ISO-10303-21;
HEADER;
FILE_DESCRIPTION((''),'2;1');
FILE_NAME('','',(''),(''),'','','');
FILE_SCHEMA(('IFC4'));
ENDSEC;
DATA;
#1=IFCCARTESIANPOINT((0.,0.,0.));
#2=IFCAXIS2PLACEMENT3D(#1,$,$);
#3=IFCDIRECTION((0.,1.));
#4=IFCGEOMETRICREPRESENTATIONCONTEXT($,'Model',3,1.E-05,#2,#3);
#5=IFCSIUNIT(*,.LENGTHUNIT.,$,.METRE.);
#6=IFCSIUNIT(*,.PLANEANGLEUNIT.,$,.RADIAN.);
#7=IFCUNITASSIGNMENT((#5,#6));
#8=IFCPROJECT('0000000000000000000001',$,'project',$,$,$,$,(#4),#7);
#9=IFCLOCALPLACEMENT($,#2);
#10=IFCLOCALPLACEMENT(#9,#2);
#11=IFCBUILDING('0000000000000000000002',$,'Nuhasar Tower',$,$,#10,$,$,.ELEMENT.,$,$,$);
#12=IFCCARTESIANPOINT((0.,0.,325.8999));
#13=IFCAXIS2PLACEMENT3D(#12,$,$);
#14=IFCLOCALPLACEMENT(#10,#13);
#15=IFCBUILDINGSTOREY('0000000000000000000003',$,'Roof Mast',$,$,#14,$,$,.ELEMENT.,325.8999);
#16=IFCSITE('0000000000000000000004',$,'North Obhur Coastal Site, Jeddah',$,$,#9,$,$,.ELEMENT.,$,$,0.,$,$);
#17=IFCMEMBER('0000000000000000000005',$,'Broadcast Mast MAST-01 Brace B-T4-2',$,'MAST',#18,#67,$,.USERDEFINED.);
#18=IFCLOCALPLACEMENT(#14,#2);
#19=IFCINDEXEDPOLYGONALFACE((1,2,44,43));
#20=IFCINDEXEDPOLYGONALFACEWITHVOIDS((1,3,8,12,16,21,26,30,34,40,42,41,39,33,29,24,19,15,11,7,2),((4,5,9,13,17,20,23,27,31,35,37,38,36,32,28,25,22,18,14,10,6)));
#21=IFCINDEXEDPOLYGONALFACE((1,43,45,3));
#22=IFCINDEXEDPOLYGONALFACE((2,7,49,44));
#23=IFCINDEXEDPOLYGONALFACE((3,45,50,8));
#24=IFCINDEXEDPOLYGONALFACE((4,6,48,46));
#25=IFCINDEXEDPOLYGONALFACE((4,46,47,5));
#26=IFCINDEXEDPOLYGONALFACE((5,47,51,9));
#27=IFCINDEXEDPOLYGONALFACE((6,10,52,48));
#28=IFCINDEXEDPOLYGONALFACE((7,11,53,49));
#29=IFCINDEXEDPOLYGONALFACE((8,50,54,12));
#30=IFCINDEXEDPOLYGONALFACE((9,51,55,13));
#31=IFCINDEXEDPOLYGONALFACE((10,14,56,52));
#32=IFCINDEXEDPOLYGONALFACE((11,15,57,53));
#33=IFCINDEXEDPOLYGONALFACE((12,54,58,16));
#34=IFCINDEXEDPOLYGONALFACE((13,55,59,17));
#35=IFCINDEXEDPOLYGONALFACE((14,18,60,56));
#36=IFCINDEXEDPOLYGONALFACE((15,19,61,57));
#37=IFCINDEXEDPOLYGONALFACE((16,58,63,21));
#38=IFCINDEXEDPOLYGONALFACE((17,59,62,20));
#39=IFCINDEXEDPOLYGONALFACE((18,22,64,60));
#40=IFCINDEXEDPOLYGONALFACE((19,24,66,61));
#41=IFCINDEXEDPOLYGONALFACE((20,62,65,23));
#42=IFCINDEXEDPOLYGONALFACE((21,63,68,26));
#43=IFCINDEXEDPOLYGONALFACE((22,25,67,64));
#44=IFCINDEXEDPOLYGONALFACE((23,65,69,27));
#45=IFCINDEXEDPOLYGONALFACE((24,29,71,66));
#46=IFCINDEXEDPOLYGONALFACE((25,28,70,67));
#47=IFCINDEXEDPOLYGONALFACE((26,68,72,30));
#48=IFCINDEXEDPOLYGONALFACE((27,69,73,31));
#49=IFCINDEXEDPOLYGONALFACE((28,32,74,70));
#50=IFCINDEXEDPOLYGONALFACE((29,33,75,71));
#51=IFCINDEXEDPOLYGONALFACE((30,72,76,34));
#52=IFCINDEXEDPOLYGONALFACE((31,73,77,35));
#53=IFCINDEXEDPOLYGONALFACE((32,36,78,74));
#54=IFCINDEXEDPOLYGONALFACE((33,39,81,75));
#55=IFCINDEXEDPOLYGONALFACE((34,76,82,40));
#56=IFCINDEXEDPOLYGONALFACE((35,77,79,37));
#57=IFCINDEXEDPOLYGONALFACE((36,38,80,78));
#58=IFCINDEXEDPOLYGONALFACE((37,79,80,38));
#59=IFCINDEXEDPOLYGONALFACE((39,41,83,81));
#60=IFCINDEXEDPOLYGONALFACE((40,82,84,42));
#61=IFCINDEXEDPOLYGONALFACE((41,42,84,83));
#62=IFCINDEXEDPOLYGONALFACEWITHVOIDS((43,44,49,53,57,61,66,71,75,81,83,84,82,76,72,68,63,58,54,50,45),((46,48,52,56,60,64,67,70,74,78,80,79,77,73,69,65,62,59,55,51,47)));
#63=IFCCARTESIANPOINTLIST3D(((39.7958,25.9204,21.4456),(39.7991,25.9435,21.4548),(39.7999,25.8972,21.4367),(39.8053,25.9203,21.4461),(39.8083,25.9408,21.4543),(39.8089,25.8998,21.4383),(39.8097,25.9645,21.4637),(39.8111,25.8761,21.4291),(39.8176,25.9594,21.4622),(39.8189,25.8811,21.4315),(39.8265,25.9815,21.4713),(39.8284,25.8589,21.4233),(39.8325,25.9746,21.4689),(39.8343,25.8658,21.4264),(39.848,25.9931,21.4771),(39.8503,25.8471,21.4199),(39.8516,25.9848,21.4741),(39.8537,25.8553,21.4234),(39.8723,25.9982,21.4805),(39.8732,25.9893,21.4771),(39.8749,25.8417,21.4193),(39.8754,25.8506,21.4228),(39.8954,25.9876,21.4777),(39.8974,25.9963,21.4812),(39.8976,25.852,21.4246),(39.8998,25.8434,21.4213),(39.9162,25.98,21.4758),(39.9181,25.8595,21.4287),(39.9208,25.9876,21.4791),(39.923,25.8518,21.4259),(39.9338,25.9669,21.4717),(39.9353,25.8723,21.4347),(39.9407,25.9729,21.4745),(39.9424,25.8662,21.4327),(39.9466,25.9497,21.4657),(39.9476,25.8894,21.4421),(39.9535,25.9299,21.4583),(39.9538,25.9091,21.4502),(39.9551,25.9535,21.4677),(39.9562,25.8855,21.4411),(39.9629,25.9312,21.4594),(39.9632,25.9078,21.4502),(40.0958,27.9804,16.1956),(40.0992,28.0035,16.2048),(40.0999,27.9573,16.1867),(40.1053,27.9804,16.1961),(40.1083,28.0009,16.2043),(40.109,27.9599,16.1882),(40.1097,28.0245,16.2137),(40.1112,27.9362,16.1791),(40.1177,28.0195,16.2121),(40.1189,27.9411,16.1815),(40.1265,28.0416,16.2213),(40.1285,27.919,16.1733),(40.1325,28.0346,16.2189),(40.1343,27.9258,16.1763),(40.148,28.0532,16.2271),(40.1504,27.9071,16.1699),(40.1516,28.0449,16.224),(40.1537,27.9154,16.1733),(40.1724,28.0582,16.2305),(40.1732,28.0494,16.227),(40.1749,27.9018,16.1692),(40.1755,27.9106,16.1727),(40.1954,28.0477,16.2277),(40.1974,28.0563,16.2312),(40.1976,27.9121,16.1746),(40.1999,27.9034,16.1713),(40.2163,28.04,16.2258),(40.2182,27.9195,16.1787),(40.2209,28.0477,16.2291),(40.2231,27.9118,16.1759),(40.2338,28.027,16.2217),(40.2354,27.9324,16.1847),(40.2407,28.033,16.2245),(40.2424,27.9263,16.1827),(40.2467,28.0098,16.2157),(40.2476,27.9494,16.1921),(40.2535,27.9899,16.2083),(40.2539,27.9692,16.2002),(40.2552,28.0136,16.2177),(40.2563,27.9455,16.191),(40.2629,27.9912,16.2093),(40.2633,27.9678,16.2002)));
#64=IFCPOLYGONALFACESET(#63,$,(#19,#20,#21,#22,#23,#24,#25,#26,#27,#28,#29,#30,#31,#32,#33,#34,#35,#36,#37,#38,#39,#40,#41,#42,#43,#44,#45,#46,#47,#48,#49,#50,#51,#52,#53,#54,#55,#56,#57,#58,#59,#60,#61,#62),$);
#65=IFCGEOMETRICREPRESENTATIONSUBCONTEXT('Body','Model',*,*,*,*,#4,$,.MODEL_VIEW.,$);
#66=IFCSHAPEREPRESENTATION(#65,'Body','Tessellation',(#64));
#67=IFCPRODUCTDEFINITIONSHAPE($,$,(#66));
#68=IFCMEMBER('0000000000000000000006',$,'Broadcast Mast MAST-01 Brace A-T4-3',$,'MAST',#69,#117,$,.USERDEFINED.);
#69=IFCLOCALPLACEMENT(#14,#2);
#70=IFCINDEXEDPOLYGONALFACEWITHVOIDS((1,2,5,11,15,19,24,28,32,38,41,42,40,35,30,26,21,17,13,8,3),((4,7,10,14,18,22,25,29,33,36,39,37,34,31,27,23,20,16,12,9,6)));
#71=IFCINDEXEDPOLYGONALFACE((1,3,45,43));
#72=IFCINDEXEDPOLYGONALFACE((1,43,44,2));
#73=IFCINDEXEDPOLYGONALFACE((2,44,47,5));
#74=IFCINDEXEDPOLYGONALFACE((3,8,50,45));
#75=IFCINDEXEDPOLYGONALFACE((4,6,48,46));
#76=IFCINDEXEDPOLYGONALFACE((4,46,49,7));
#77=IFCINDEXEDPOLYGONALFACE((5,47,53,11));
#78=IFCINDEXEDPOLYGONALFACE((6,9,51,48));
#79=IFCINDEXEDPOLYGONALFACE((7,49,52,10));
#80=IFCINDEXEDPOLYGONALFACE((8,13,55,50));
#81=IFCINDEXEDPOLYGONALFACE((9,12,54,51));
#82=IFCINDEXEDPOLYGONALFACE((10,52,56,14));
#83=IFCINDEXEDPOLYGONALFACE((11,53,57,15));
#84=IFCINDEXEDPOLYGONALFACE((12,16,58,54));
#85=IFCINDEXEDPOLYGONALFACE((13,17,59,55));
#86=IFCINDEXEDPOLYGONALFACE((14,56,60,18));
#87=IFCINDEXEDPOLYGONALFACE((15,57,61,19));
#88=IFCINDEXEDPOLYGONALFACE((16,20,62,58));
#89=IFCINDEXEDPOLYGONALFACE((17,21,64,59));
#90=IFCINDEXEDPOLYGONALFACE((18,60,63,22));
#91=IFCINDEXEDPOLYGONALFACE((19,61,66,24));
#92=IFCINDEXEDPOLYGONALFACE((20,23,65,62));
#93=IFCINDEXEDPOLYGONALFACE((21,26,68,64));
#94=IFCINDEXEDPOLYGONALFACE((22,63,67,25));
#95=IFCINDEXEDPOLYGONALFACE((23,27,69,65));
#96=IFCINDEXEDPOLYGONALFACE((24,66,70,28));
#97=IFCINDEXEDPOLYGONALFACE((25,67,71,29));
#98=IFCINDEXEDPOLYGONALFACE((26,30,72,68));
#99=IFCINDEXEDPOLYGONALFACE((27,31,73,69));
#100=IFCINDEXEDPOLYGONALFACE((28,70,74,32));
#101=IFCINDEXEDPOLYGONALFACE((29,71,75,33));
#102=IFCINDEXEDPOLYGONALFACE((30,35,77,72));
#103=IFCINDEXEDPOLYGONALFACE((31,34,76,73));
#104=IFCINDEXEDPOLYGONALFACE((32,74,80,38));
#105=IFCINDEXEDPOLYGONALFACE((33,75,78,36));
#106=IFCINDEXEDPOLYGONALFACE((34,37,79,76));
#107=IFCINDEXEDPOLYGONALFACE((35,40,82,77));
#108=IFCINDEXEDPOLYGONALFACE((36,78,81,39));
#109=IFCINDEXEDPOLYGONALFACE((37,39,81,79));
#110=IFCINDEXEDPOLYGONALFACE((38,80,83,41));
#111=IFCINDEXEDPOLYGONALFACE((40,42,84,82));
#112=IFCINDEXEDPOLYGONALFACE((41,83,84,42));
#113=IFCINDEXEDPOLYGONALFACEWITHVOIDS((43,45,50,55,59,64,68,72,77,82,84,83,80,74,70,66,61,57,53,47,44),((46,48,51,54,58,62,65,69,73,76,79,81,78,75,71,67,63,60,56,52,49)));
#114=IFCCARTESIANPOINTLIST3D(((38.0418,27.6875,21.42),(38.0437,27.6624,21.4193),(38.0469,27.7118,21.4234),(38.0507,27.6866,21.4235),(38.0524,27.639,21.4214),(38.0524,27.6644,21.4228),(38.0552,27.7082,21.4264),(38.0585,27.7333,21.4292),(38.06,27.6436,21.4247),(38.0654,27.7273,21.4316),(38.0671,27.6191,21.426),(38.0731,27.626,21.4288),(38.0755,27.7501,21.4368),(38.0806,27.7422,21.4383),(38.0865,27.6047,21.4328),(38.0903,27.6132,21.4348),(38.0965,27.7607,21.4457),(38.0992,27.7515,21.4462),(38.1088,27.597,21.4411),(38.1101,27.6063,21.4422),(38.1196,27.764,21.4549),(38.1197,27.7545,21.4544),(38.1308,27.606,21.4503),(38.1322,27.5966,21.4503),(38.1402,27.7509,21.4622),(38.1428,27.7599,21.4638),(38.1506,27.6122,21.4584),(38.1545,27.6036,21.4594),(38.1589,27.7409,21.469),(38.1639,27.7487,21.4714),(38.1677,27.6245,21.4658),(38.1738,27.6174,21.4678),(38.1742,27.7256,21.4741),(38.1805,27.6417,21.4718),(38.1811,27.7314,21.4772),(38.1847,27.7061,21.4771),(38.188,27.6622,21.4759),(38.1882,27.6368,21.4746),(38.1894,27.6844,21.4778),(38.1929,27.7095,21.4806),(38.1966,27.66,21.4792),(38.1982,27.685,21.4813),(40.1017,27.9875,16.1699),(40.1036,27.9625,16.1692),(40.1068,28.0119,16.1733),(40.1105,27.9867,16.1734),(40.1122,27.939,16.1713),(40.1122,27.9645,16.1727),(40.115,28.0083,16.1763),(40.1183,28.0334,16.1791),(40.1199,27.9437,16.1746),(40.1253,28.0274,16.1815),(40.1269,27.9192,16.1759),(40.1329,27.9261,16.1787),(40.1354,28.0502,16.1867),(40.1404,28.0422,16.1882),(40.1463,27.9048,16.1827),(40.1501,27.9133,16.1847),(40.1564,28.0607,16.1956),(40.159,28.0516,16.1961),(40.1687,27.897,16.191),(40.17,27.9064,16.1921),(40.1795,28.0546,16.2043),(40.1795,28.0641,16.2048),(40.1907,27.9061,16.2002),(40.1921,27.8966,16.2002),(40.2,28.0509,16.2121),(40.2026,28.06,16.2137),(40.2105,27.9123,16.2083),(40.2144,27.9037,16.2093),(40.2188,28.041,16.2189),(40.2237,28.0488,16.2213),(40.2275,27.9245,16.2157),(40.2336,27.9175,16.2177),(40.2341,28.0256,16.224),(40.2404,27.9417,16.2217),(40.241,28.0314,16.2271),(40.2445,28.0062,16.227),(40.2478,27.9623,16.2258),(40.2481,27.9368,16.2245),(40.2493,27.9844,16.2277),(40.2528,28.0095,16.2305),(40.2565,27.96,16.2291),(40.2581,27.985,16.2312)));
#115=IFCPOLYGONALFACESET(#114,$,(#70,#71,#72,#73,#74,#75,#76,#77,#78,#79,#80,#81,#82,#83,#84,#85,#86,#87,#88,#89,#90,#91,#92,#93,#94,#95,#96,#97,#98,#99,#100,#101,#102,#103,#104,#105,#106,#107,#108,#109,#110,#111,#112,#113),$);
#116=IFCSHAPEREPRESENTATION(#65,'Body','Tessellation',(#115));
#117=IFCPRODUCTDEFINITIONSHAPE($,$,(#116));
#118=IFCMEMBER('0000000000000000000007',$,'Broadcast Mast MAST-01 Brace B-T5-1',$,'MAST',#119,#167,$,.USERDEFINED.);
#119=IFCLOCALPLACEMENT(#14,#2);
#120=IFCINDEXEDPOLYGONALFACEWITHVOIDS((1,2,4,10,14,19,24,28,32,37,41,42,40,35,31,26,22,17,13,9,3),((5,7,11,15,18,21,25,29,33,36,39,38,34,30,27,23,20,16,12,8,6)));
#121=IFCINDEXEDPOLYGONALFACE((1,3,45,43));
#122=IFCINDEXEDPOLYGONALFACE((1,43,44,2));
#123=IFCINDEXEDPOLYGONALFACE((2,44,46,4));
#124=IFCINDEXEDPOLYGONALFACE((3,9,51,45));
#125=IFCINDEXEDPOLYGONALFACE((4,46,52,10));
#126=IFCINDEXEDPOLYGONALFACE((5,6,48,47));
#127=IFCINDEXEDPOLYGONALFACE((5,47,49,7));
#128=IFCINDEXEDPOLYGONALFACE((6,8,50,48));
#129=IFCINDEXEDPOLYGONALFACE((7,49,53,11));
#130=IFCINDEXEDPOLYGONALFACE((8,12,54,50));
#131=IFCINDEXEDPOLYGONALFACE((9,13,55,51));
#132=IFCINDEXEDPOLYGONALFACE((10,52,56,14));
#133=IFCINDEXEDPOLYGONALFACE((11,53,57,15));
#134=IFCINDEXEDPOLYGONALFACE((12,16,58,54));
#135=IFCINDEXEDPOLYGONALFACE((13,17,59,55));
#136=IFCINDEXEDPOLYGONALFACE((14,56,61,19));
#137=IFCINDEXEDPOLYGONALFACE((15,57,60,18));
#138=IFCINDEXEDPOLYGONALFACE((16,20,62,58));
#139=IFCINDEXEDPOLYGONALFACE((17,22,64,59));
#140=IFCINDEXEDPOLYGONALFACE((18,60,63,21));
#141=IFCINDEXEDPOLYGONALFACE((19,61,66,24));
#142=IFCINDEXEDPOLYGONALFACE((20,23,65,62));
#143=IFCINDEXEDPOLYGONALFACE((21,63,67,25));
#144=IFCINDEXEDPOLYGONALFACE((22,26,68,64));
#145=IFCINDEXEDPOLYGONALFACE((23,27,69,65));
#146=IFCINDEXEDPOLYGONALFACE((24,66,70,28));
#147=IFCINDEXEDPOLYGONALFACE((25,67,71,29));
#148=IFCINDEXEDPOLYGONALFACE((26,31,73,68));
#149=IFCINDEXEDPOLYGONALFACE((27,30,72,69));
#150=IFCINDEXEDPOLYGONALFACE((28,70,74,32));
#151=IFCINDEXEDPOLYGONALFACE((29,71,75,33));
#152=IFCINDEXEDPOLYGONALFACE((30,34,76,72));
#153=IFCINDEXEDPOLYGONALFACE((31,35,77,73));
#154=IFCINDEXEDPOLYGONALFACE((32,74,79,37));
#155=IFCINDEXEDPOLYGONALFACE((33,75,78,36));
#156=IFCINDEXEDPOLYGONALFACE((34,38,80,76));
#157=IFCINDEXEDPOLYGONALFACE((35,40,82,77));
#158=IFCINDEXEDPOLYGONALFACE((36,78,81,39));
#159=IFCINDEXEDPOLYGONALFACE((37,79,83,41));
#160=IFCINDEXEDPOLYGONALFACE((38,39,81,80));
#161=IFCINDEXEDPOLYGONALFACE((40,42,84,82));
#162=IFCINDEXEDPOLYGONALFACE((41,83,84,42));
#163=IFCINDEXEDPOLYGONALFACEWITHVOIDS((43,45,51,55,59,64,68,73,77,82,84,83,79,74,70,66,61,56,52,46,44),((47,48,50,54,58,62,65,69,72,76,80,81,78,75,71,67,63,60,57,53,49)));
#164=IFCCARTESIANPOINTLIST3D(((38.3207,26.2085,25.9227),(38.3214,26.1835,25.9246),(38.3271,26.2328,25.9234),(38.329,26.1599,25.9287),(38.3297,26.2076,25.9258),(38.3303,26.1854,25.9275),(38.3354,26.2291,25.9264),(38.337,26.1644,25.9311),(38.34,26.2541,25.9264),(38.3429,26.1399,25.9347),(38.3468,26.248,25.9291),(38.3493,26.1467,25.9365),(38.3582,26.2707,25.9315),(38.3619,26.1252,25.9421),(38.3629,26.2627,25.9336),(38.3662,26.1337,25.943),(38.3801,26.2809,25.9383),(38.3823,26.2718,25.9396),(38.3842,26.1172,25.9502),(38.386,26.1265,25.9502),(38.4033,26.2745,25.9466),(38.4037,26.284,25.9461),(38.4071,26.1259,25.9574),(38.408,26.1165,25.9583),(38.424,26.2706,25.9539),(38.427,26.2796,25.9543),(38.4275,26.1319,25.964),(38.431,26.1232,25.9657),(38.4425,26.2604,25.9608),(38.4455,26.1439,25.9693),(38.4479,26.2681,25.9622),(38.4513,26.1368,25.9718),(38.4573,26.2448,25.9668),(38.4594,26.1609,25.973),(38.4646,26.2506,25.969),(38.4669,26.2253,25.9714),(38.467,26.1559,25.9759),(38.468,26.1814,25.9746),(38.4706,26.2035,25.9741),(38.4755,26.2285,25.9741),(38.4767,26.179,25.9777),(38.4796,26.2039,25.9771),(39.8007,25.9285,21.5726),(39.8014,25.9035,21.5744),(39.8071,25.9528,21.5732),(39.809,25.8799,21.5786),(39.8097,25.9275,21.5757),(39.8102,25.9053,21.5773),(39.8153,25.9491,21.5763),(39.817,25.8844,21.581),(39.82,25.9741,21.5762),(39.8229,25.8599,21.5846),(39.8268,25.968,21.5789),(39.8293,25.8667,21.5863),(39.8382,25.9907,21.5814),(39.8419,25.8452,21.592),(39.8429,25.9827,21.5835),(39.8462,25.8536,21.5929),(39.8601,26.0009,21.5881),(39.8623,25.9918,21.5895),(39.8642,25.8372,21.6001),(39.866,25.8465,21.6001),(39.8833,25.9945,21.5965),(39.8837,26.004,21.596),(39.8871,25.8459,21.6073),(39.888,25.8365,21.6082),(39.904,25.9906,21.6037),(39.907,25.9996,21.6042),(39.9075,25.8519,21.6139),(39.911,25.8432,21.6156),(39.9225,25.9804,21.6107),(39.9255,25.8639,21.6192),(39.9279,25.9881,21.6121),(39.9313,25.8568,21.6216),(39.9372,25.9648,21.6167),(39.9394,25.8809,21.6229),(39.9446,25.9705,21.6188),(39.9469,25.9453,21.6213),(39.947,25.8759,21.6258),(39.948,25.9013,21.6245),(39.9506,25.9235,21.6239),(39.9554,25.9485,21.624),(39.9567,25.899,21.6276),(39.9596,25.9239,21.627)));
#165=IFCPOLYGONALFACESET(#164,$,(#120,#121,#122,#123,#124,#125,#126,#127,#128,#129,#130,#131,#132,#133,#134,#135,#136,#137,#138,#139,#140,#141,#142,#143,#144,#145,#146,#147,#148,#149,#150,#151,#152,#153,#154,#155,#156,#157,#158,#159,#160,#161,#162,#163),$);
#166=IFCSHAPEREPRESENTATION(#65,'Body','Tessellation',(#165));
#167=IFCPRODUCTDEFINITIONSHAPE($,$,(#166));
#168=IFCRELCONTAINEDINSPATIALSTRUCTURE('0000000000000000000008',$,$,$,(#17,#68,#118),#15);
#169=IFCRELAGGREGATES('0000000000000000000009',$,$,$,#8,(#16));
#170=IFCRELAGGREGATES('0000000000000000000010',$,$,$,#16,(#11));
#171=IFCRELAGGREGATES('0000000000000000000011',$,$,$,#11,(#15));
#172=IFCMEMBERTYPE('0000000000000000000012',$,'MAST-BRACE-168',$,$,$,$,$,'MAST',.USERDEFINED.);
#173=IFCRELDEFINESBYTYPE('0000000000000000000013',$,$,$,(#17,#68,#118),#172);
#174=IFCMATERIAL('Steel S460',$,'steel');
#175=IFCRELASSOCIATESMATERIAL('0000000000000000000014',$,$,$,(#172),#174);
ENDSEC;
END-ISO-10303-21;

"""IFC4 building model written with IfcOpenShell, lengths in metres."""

from ifc_helpers import new_model, si_unit, direction, frame, origin, origin_2d, place, context, subcontext, project, spatial, hollow_circle, extrude, material, material_profile, profile_set, type_object, element, save


model = new_model("IFC4")

# Units and contexts
model_context = context("Model", 3, precision=1e-05, world=origin(), true_north=direction((0.0, 1.0)))
body_context = subcontext(model_context, "Body", "Model", "MODEL_VIEW")
ifc_project = project(units=[si_unit("LENGTHUNIT", "METRE"), si_unit("PLANEANGLEUNIT", "RADIAN")], contexts=[model_context])

# Site, building, storey
site_placement = place(None, origin())
site = spatial("IfcSite", under=ifc_project, at=site_placement, Name="North Obhur Coastal Site, Jeddah", CompositionType="ELEMENT", RefElevation=0.0)
building_placement = place(site_placement, origin())
building = spatial("IfcBuilding", under=site, at=building_placement, Name="Nuhasar Tower", CompositionType="ELEMENT")
storey_placement = place(building_placement, frame((0.0, 0.0, 325.8999)))
storey = spatial("IfcBuildingStorey", under=building, at=storey_placement, Name="Roof Mast", CompositionType="ELEMENT", Elevation=325.8999)

# Shared definitions
ifc_material = material(Name="Steel S460", Category="steel")

# Members
ifc_material_profile_1 = material_profile(ifc_material, hollow_circle(Radius=0.0842, WallThickness=0.0095, at=origin_2d()), Name="HSS168.3X9.5")
ifc_profile_set_1 = profile_set([ifc_material_profile_1], Name="Steel S460")
member_type = type_object("IfcMemberType", Name="MAST-BRACE-168", ElementType="MAST", PredefinedType="USERDEFINED", material=ifc_profile_set_1)
for number, where, z_axis, x_axis, name in (
    (1, (40.1799, 27.98, 16.2002), (-0.053128, -0.364761, 0.929584), (0.989559, -0.14413, 0.0), "Broadcast Mast MAST-01 Brace B-T4-2"),
    (2, (40.1799, 27.98, 16.2002), (-0.364724, -0.053129, 0.929599), (0.144147, -0.989556, 0.0), "Broadcast Mast MAST-01 Brace A-T4-3"),
):
    element("IfcMember", number, at=place(storey_placement, frame(where, z_axis=z_axis, x_axis=x_axis)), inside=storey, type_object=member_type, Name=name, ObjectType="MAST", PredefinedType="USERDEFINED", context=body_context, shape_type="SweptSolid", body=[
        extrude(hollow_circle(Radius=0.0842, WallThickness=0.0095, at=origin_2d()), origin(), (0.0, 0.0, 1.0), 5.6477),
    ])
for number, where, z_axis, x_axis, name in (
    (3, (39.8799, 25.9199, 21.6001), (-0.321491, 0.06083, 0.944957), (-0.185913, -0.982566, 0.0), "Broadcast Mast MAST-01 Brace B-T5-1"),
):
    element("IfcMember", number, at=place(storey_placement, frame(where, z_axis=z_axis, x_axis=x_axis)), inside=storey, type_object=member_type, Name=name, ObjectType="MAST", PredefinedType="USERDEFINED", context=body_context, shape_type="SweptSolid", body=[
        extrude(hollow_circle(Radius=0.0842, WallThickness=0.0095, at=origin_2d()), origin(), (0.0, 0.0, 1.0), 4.6035),
    ])

save(model, "model.ifc")
